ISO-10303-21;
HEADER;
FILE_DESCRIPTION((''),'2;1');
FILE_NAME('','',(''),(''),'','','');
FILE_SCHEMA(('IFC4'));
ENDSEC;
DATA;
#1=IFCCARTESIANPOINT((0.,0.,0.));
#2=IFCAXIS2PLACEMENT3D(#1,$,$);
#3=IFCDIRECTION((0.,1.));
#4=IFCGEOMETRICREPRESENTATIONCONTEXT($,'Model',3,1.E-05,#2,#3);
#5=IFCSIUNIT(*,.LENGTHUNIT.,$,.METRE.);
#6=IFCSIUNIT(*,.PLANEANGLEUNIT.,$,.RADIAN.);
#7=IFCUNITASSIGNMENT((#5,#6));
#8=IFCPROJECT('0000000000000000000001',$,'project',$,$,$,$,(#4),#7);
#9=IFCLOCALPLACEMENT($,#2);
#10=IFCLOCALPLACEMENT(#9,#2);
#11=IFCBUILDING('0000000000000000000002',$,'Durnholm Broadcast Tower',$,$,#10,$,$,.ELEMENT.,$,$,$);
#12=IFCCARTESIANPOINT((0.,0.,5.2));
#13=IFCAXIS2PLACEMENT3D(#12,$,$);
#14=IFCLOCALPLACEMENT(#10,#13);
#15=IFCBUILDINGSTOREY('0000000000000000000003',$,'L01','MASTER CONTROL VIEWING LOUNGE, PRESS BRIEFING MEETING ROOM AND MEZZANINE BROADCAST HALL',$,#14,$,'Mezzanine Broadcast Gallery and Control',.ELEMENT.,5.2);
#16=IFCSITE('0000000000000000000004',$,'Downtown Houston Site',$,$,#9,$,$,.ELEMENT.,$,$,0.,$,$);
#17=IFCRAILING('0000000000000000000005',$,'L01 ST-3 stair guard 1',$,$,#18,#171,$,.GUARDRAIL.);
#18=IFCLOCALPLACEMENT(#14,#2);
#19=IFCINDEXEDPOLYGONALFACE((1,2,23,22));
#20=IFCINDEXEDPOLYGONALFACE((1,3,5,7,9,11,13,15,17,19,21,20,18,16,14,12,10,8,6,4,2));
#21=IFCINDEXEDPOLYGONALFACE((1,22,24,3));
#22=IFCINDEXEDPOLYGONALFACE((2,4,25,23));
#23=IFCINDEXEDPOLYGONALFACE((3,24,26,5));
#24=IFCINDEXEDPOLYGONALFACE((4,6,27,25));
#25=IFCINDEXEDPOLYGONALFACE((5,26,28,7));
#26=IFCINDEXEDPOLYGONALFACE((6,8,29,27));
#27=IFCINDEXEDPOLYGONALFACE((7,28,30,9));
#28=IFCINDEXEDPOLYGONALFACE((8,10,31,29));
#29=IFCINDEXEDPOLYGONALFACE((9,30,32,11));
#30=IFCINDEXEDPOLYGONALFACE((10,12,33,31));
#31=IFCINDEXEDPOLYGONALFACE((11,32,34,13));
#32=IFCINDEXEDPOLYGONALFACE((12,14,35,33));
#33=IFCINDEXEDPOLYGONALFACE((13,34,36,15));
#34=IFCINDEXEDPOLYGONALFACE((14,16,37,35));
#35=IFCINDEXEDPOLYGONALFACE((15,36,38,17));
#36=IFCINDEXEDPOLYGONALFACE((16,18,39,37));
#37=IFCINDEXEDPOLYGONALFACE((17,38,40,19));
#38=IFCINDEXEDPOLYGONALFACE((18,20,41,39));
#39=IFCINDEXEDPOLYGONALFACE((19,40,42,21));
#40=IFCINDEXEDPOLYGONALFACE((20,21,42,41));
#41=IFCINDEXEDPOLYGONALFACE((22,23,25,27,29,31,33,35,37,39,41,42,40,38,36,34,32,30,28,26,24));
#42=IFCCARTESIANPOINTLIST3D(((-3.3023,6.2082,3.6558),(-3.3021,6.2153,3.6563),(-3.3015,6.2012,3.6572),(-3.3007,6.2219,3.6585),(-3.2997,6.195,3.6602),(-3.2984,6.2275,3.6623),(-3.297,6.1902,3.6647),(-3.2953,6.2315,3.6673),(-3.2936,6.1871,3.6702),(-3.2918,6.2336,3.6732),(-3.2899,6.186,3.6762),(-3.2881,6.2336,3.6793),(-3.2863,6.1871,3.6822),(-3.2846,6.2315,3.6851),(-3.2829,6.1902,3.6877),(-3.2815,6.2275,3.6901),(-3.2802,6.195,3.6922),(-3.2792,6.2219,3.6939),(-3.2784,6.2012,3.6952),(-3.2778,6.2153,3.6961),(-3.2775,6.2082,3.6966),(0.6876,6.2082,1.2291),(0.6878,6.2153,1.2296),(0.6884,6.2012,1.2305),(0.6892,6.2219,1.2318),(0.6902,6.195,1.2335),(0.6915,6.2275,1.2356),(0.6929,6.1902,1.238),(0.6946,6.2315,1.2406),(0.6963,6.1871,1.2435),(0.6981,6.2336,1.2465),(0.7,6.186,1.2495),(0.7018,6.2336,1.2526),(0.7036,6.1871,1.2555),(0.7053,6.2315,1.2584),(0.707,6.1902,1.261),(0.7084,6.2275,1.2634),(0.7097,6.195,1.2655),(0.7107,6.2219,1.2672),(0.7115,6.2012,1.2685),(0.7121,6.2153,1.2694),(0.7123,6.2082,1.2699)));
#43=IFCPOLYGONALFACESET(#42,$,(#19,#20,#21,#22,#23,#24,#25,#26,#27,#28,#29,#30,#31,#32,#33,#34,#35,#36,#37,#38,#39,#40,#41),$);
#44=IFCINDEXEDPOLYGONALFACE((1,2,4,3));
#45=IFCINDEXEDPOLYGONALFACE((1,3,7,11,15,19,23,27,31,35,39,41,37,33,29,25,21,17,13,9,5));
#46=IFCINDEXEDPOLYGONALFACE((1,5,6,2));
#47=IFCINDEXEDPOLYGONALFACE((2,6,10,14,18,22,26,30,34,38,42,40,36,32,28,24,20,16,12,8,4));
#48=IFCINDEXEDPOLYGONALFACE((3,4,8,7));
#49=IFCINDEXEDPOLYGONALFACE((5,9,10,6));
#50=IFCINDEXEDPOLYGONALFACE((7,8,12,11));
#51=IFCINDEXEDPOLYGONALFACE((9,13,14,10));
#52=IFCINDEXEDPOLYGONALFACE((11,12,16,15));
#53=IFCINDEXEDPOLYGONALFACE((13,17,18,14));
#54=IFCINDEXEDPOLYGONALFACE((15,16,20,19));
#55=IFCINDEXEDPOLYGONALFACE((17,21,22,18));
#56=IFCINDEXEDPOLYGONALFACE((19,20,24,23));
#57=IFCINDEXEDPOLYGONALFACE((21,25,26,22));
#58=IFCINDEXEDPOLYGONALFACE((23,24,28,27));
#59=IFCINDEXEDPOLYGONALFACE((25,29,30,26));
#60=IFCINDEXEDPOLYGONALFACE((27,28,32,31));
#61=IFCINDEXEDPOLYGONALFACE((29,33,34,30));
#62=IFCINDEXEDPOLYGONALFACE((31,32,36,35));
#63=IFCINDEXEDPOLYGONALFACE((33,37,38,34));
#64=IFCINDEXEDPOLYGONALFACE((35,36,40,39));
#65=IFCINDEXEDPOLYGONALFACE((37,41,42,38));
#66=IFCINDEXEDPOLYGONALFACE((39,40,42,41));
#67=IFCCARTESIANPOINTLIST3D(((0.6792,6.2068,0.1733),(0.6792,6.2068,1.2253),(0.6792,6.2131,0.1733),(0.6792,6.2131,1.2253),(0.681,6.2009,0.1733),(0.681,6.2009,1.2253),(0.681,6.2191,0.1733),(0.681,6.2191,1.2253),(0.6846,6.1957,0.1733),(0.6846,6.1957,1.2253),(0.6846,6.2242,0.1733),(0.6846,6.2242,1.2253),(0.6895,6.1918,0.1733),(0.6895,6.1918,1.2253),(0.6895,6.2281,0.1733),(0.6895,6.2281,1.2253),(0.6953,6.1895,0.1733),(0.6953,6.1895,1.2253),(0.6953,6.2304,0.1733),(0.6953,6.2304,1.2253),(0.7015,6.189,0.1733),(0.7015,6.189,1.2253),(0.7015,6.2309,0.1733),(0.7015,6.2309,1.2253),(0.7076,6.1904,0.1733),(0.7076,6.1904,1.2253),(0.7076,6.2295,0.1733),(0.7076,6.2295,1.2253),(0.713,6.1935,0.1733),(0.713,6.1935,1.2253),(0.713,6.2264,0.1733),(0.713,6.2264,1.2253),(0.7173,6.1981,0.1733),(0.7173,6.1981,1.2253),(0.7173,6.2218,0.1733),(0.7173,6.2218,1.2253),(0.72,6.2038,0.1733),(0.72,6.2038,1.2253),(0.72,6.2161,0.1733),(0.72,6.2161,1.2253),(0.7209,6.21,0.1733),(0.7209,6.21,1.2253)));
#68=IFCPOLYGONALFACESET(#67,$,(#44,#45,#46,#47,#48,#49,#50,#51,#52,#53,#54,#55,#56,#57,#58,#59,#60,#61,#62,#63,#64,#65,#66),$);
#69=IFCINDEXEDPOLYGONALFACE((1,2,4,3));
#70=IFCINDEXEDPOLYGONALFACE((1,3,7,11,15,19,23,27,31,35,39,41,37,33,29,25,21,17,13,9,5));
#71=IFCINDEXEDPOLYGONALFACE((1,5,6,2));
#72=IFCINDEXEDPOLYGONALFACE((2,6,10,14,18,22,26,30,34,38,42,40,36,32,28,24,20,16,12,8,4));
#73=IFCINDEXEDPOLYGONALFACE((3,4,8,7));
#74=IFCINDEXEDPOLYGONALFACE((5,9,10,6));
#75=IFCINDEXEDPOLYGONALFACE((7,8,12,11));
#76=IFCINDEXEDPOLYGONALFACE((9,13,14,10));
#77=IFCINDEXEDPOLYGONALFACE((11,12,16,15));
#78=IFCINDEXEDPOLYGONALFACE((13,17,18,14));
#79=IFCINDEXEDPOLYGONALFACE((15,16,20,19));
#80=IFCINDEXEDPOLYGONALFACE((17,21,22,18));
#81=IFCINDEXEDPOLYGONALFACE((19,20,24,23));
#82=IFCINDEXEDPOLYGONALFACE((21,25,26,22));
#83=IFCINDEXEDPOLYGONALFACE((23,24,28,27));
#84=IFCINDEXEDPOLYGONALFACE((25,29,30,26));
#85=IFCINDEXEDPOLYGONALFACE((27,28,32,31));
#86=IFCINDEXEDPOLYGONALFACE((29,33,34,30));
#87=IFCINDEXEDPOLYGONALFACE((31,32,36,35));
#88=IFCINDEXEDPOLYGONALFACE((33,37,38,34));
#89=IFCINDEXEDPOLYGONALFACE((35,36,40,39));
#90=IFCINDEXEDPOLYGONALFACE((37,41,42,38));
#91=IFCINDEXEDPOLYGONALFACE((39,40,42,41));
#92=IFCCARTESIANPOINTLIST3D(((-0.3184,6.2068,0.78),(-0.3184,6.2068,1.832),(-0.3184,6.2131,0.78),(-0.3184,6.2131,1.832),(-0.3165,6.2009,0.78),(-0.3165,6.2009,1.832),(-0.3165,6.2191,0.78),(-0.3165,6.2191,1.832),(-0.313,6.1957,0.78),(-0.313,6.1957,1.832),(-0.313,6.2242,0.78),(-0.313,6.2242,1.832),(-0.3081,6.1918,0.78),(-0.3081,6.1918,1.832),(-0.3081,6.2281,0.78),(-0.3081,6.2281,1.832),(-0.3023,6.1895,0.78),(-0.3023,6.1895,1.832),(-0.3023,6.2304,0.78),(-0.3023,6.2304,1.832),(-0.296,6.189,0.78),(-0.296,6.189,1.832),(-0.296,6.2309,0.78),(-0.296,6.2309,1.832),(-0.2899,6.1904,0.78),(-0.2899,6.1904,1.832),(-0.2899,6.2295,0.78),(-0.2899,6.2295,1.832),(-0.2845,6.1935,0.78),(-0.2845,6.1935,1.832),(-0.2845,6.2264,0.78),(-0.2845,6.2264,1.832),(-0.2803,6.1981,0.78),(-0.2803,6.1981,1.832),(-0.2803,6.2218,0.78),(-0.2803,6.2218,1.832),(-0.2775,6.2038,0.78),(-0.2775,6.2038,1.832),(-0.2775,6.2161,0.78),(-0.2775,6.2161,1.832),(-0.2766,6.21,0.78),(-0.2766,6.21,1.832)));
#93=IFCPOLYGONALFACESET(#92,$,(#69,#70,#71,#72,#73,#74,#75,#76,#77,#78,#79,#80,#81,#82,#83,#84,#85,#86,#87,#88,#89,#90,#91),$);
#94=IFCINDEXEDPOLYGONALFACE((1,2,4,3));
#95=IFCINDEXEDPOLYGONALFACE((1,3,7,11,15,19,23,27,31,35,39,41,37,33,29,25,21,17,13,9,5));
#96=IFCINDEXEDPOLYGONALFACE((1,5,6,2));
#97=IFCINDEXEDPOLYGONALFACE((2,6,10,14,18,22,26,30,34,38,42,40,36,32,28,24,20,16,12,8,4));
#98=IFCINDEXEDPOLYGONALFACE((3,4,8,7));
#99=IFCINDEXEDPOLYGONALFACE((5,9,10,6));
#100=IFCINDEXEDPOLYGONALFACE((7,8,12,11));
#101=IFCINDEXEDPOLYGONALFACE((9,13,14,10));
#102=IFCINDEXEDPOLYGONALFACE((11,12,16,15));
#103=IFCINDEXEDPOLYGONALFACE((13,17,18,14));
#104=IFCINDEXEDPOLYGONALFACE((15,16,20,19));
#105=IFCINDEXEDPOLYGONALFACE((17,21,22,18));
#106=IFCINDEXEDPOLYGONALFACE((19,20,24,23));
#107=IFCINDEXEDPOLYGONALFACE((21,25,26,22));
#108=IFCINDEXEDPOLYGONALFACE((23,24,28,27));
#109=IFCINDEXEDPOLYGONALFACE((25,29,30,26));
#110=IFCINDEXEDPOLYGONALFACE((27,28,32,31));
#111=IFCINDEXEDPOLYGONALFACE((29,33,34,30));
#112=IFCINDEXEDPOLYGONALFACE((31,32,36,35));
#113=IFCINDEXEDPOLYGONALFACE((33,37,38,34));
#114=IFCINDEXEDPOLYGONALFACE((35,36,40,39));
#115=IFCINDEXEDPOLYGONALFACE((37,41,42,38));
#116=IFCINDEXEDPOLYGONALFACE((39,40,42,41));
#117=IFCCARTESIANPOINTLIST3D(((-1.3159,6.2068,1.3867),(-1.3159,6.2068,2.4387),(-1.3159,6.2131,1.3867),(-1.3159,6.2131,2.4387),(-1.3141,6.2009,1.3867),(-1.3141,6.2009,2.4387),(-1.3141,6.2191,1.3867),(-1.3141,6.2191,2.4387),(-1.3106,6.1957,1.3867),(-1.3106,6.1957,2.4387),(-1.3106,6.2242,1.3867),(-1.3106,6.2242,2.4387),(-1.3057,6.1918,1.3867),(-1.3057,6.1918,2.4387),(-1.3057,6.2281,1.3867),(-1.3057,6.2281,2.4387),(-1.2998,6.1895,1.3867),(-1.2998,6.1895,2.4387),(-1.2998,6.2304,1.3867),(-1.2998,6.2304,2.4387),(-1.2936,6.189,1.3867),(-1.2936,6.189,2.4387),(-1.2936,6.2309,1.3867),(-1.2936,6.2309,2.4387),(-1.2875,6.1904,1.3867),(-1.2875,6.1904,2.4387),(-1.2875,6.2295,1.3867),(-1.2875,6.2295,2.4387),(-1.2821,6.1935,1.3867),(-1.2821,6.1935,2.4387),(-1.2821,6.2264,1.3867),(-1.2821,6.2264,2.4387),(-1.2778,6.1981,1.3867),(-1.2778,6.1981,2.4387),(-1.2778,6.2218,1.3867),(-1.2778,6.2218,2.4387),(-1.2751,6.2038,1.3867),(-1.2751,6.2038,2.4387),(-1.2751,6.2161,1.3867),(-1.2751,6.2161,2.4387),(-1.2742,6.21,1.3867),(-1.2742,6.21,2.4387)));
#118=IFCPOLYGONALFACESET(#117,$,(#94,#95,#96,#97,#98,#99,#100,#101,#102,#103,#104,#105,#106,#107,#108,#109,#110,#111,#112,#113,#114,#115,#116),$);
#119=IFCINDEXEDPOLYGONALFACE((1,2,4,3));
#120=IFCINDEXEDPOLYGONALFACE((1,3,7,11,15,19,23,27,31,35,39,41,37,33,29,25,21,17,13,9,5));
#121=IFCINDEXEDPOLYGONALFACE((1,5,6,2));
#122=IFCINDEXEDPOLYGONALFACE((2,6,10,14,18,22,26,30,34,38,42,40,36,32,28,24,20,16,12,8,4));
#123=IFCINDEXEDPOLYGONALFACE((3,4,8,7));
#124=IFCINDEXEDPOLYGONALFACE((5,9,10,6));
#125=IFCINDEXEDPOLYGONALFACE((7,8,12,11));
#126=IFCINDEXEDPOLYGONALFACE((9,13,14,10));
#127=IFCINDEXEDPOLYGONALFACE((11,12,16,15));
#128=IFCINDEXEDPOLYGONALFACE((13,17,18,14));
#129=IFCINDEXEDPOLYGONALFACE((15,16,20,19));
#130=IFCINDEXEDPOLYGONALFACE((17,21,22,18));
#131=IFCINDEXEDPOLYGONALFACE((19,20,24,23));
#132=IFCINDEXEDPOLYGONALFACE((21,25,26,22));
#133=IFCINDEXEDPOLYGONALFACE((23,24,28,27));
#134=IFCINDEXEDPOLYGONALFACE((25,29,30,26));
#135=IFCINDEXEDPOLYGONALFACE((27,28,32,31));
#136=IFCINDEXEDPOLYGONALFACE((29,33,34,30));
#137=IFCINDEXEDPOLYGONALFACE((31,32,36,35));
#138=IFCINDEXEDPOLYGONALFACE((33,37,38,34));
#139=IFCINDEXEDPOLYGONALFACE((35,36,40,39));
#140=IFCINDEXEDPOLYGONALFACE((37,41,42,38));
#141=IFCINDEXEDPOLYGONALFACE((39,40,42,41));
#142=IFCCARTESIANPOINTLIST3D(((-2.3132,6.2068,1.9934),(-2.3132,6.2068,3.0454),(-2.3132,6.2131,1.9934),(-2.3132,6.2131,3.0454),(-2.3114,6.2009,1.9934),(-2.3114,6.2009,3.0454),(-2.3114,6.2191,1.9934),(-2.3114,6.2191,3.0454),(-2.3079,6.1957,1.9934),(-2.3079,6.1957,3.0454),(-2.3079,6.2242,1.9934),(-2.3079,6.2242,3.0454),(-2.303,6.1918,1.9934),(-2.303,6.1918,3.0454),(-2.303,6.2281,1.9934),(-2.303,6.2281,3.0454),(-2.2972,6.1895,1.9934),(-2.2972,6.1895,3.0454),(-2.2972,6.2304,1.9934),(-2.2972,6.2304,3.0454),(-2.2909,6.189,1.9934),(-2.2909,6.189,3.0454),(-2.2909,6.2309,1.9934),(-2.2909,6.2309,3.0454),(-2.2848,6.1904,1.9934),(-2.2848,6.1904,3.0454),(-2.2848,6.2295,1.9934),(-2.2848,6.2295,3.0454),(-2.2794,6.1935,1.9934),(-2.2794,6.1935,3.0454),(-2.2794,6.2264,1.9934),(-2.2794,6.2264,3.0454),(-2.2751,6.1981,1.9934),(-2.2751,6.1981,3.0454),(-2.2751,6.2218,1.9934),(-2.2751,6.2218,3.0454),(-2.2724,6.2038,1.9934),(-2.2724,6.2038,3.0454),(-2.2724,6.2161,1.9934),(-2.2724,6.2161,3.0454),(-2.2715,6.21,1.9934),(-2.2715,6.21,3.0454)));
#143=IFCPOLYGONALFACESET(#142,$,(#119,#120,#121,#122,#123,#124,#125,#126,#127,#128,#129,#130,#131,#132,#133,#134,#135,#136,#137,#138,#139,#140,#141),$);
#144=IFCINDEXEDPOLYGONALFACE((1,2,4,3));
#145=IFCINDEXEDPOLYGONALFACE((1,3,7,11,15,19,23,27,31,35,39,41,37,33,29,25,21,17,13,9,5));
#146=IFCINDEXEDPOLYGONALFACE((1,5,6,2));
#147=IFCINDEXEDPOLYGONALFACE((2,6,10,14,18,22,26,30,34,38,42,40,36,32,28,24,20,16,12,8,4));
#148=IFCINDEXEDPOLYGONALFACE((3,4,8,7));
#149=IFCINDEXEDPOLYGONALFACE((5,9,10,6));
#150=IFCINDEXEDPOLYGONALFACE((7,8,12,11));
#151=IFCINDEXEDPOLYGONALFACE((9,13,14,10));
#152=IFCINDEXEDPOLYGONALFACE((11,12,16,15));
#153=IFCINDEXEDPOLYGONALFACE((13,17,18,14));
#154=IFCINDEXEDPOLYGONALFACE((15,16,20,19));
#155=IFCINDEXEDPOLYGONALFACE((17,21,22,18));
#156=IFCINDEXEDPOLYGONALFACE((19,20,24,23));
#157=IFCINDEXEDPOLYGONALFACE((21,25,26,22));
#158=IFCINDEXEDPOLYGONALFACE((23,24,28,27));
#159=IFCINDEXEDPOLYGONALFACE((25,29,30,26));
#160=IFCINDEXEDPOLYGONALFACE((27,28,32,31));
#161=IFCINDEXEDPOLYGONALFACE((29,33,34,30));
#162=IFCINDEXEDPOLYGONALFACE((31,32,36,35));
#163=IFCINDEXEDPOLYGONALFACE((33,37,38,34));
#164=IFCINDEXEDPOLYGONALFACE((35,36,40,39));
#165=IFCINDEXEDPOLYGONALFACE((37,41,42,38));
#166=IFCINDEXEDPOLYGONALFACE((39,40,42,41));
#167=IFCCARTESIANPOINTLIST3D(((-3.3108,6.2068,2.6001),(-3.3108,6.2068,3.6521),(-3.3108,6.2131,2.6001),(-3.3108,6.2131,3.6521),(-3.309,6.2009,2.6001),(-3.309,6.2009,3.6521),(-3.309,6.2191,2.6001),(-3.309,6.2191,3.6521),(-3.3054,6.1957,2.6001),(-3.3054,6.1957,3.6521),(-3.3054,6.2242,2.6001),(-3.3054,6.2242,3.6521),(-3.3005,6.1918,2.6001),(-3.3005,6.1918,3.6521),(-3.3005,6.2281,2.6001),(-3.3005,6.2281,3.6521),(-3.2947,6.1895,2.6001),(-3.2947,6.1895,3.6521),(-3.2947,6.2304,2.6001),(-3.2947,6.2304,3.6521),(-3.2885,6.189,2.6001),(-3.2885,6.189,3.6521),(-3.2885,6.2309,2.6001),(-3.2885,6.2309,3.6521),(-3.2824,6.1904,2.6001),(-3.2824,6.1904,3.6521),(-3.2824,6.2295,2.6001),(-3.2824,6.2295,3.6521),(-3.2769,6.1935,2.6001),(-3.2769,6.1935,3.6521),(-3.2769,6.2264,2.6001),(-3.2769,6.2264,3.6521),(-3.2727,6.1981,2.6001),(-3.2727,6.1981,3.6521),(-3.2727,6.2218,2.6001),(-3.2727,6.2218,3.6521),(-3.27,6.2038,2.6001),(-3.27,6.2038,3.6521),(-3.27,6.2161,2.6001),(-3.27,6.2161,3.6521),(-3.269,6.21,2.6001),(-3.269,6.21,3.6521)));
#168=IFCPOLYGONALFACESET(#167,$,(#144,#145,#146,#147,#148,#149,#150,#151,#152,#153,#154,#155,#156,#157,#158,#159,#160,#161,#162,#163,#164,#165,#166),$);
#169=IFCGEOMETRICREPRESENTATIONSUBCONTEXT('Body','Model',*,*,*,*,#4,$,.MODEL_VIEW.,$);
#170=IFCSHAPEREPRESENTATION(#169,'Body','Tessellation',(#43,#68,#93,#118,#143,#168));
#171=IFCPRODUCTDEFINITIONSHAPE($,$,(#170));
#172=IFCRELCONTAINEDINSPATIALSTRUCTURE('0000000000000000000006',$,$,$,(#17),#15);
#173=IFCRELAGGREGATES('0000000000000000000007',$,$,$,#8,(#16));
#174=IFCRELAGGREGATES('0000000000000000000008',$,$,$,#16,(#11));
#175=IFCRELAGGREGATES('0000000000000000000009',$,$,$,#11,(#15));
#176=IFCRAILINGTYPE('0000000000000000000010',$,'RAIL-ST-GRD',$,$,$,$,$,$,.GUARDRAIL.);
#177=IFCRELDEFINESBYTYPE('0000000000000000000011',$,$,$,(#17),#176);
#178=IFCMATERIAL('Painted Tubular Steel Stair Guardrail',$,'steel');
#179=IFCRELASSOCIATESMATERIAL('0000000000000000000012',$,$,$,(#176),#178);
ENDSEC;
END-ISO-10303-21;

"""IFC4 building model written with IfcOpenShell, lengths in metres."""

from ifc_helpers import new_model, si_unit, direction, frame, origin, origin_2d, place, context, subcontext, project, spatial, circle, extrude, material, type_object, element, save


model = new_model("IFC4")

# Units and contexts
model_context = context("Model", 3, precision=1e-05, world=origin(), true_north=direction((0.0, 1.0)))
body_context = subcontext(model_context, "Body", "Model", "MODEL_VIEW")
ifc_project = project(units=[si_unit("LENGTHUNIT", "METRE"), si_unit("PLANEANGLEUNIT", "RADIAN")], contexts=[model_context])

# Site, building, storey
site_placement = place(None, origin())
site = spatial("IfcSite", under=ifc_project, at=site_placement, Name="Downtown Houston Site", CompositionType="ELEMENT", RefElevation=0.0)
building_placement = place(site_placement, origin())
building = spatial("IfcBuilding", under=site, at=building_placement, Name="Durnholm Broadcast Tower", CompositionType="ELEMENT")
storey_placement = place(building_placement, frame((0.0, 0.0, 5.2)))
storey = spatial("IfcBuildingStorey", under=building, at=storey_placement, Name="L01", Description="MASTER CONTROL VIEWING LOUNGE, PRESS BRIEFING MEETING ROOM AND MEZZANINE BROADCAST HALL", LongName="Mezzanine Broadcast Gallery and Control", CompositionType="ELEMENT", Elevation=5.2)

# Railing
ifc_material_1 = material(Name="Painted Tubular Steel Stair Guardrail", Category="steel")
railing_type_1 = type_object("IfcRailingType", Name="RAIL-ST-GRD", PredefinedType="GUARDRAIL", material=ifc_material_1)
railing_1_placement = place(storey_placement, frame((0.7, 6.21, 0.1733)))
element("IfcRailing", 1, at=railing_1_placement, inside=storey, type_object=railing_type_1, Name="L01 ST-3 stair guard 1", PredefinedType="GUARDRAIL", context=body_context, shape_type="SweptSolid", body=[
    extrude(circle(Radius=0.0239, at=origin_2d()), frame((0.0, 0.0, 1.0762), z_axis=(-0.854382, 0.0, 0.519645), x_axis=(0.0, -1.0, 0.0)), (0.0, 0.0, 1.0), 4.6699),
    extrude(circle(Radius=0.021, at=origin_2d()), origin(), (0.0, 0.0, 1.0), 1.052),
    extrude(circle(Radius=0.021, at=origin_2d()), frame((-0.9976, 0.0, 0.6067)), (0.0, 0.0, 1.0), 1.052),
    extrude(circle(Radius=0.021, at=origin_2d()), frame((-1.9951, 0.0, 1.2134)), (0.0, 0.0, 1.0), 1.052),
    extrude(circle(Radius=0.021, at=origin_2d()), frame((-2.9924, 0.0, 1.8201)), (0.0, 0.0, 1.0), 1.052),
    extrude(circle(Radius=0.021, at=origin_2d()), frame((-3.99, 0.0, 2.4268)), (0.0, 0.0, 1.0), 1.052),
])

save(model, "model.ifc")
